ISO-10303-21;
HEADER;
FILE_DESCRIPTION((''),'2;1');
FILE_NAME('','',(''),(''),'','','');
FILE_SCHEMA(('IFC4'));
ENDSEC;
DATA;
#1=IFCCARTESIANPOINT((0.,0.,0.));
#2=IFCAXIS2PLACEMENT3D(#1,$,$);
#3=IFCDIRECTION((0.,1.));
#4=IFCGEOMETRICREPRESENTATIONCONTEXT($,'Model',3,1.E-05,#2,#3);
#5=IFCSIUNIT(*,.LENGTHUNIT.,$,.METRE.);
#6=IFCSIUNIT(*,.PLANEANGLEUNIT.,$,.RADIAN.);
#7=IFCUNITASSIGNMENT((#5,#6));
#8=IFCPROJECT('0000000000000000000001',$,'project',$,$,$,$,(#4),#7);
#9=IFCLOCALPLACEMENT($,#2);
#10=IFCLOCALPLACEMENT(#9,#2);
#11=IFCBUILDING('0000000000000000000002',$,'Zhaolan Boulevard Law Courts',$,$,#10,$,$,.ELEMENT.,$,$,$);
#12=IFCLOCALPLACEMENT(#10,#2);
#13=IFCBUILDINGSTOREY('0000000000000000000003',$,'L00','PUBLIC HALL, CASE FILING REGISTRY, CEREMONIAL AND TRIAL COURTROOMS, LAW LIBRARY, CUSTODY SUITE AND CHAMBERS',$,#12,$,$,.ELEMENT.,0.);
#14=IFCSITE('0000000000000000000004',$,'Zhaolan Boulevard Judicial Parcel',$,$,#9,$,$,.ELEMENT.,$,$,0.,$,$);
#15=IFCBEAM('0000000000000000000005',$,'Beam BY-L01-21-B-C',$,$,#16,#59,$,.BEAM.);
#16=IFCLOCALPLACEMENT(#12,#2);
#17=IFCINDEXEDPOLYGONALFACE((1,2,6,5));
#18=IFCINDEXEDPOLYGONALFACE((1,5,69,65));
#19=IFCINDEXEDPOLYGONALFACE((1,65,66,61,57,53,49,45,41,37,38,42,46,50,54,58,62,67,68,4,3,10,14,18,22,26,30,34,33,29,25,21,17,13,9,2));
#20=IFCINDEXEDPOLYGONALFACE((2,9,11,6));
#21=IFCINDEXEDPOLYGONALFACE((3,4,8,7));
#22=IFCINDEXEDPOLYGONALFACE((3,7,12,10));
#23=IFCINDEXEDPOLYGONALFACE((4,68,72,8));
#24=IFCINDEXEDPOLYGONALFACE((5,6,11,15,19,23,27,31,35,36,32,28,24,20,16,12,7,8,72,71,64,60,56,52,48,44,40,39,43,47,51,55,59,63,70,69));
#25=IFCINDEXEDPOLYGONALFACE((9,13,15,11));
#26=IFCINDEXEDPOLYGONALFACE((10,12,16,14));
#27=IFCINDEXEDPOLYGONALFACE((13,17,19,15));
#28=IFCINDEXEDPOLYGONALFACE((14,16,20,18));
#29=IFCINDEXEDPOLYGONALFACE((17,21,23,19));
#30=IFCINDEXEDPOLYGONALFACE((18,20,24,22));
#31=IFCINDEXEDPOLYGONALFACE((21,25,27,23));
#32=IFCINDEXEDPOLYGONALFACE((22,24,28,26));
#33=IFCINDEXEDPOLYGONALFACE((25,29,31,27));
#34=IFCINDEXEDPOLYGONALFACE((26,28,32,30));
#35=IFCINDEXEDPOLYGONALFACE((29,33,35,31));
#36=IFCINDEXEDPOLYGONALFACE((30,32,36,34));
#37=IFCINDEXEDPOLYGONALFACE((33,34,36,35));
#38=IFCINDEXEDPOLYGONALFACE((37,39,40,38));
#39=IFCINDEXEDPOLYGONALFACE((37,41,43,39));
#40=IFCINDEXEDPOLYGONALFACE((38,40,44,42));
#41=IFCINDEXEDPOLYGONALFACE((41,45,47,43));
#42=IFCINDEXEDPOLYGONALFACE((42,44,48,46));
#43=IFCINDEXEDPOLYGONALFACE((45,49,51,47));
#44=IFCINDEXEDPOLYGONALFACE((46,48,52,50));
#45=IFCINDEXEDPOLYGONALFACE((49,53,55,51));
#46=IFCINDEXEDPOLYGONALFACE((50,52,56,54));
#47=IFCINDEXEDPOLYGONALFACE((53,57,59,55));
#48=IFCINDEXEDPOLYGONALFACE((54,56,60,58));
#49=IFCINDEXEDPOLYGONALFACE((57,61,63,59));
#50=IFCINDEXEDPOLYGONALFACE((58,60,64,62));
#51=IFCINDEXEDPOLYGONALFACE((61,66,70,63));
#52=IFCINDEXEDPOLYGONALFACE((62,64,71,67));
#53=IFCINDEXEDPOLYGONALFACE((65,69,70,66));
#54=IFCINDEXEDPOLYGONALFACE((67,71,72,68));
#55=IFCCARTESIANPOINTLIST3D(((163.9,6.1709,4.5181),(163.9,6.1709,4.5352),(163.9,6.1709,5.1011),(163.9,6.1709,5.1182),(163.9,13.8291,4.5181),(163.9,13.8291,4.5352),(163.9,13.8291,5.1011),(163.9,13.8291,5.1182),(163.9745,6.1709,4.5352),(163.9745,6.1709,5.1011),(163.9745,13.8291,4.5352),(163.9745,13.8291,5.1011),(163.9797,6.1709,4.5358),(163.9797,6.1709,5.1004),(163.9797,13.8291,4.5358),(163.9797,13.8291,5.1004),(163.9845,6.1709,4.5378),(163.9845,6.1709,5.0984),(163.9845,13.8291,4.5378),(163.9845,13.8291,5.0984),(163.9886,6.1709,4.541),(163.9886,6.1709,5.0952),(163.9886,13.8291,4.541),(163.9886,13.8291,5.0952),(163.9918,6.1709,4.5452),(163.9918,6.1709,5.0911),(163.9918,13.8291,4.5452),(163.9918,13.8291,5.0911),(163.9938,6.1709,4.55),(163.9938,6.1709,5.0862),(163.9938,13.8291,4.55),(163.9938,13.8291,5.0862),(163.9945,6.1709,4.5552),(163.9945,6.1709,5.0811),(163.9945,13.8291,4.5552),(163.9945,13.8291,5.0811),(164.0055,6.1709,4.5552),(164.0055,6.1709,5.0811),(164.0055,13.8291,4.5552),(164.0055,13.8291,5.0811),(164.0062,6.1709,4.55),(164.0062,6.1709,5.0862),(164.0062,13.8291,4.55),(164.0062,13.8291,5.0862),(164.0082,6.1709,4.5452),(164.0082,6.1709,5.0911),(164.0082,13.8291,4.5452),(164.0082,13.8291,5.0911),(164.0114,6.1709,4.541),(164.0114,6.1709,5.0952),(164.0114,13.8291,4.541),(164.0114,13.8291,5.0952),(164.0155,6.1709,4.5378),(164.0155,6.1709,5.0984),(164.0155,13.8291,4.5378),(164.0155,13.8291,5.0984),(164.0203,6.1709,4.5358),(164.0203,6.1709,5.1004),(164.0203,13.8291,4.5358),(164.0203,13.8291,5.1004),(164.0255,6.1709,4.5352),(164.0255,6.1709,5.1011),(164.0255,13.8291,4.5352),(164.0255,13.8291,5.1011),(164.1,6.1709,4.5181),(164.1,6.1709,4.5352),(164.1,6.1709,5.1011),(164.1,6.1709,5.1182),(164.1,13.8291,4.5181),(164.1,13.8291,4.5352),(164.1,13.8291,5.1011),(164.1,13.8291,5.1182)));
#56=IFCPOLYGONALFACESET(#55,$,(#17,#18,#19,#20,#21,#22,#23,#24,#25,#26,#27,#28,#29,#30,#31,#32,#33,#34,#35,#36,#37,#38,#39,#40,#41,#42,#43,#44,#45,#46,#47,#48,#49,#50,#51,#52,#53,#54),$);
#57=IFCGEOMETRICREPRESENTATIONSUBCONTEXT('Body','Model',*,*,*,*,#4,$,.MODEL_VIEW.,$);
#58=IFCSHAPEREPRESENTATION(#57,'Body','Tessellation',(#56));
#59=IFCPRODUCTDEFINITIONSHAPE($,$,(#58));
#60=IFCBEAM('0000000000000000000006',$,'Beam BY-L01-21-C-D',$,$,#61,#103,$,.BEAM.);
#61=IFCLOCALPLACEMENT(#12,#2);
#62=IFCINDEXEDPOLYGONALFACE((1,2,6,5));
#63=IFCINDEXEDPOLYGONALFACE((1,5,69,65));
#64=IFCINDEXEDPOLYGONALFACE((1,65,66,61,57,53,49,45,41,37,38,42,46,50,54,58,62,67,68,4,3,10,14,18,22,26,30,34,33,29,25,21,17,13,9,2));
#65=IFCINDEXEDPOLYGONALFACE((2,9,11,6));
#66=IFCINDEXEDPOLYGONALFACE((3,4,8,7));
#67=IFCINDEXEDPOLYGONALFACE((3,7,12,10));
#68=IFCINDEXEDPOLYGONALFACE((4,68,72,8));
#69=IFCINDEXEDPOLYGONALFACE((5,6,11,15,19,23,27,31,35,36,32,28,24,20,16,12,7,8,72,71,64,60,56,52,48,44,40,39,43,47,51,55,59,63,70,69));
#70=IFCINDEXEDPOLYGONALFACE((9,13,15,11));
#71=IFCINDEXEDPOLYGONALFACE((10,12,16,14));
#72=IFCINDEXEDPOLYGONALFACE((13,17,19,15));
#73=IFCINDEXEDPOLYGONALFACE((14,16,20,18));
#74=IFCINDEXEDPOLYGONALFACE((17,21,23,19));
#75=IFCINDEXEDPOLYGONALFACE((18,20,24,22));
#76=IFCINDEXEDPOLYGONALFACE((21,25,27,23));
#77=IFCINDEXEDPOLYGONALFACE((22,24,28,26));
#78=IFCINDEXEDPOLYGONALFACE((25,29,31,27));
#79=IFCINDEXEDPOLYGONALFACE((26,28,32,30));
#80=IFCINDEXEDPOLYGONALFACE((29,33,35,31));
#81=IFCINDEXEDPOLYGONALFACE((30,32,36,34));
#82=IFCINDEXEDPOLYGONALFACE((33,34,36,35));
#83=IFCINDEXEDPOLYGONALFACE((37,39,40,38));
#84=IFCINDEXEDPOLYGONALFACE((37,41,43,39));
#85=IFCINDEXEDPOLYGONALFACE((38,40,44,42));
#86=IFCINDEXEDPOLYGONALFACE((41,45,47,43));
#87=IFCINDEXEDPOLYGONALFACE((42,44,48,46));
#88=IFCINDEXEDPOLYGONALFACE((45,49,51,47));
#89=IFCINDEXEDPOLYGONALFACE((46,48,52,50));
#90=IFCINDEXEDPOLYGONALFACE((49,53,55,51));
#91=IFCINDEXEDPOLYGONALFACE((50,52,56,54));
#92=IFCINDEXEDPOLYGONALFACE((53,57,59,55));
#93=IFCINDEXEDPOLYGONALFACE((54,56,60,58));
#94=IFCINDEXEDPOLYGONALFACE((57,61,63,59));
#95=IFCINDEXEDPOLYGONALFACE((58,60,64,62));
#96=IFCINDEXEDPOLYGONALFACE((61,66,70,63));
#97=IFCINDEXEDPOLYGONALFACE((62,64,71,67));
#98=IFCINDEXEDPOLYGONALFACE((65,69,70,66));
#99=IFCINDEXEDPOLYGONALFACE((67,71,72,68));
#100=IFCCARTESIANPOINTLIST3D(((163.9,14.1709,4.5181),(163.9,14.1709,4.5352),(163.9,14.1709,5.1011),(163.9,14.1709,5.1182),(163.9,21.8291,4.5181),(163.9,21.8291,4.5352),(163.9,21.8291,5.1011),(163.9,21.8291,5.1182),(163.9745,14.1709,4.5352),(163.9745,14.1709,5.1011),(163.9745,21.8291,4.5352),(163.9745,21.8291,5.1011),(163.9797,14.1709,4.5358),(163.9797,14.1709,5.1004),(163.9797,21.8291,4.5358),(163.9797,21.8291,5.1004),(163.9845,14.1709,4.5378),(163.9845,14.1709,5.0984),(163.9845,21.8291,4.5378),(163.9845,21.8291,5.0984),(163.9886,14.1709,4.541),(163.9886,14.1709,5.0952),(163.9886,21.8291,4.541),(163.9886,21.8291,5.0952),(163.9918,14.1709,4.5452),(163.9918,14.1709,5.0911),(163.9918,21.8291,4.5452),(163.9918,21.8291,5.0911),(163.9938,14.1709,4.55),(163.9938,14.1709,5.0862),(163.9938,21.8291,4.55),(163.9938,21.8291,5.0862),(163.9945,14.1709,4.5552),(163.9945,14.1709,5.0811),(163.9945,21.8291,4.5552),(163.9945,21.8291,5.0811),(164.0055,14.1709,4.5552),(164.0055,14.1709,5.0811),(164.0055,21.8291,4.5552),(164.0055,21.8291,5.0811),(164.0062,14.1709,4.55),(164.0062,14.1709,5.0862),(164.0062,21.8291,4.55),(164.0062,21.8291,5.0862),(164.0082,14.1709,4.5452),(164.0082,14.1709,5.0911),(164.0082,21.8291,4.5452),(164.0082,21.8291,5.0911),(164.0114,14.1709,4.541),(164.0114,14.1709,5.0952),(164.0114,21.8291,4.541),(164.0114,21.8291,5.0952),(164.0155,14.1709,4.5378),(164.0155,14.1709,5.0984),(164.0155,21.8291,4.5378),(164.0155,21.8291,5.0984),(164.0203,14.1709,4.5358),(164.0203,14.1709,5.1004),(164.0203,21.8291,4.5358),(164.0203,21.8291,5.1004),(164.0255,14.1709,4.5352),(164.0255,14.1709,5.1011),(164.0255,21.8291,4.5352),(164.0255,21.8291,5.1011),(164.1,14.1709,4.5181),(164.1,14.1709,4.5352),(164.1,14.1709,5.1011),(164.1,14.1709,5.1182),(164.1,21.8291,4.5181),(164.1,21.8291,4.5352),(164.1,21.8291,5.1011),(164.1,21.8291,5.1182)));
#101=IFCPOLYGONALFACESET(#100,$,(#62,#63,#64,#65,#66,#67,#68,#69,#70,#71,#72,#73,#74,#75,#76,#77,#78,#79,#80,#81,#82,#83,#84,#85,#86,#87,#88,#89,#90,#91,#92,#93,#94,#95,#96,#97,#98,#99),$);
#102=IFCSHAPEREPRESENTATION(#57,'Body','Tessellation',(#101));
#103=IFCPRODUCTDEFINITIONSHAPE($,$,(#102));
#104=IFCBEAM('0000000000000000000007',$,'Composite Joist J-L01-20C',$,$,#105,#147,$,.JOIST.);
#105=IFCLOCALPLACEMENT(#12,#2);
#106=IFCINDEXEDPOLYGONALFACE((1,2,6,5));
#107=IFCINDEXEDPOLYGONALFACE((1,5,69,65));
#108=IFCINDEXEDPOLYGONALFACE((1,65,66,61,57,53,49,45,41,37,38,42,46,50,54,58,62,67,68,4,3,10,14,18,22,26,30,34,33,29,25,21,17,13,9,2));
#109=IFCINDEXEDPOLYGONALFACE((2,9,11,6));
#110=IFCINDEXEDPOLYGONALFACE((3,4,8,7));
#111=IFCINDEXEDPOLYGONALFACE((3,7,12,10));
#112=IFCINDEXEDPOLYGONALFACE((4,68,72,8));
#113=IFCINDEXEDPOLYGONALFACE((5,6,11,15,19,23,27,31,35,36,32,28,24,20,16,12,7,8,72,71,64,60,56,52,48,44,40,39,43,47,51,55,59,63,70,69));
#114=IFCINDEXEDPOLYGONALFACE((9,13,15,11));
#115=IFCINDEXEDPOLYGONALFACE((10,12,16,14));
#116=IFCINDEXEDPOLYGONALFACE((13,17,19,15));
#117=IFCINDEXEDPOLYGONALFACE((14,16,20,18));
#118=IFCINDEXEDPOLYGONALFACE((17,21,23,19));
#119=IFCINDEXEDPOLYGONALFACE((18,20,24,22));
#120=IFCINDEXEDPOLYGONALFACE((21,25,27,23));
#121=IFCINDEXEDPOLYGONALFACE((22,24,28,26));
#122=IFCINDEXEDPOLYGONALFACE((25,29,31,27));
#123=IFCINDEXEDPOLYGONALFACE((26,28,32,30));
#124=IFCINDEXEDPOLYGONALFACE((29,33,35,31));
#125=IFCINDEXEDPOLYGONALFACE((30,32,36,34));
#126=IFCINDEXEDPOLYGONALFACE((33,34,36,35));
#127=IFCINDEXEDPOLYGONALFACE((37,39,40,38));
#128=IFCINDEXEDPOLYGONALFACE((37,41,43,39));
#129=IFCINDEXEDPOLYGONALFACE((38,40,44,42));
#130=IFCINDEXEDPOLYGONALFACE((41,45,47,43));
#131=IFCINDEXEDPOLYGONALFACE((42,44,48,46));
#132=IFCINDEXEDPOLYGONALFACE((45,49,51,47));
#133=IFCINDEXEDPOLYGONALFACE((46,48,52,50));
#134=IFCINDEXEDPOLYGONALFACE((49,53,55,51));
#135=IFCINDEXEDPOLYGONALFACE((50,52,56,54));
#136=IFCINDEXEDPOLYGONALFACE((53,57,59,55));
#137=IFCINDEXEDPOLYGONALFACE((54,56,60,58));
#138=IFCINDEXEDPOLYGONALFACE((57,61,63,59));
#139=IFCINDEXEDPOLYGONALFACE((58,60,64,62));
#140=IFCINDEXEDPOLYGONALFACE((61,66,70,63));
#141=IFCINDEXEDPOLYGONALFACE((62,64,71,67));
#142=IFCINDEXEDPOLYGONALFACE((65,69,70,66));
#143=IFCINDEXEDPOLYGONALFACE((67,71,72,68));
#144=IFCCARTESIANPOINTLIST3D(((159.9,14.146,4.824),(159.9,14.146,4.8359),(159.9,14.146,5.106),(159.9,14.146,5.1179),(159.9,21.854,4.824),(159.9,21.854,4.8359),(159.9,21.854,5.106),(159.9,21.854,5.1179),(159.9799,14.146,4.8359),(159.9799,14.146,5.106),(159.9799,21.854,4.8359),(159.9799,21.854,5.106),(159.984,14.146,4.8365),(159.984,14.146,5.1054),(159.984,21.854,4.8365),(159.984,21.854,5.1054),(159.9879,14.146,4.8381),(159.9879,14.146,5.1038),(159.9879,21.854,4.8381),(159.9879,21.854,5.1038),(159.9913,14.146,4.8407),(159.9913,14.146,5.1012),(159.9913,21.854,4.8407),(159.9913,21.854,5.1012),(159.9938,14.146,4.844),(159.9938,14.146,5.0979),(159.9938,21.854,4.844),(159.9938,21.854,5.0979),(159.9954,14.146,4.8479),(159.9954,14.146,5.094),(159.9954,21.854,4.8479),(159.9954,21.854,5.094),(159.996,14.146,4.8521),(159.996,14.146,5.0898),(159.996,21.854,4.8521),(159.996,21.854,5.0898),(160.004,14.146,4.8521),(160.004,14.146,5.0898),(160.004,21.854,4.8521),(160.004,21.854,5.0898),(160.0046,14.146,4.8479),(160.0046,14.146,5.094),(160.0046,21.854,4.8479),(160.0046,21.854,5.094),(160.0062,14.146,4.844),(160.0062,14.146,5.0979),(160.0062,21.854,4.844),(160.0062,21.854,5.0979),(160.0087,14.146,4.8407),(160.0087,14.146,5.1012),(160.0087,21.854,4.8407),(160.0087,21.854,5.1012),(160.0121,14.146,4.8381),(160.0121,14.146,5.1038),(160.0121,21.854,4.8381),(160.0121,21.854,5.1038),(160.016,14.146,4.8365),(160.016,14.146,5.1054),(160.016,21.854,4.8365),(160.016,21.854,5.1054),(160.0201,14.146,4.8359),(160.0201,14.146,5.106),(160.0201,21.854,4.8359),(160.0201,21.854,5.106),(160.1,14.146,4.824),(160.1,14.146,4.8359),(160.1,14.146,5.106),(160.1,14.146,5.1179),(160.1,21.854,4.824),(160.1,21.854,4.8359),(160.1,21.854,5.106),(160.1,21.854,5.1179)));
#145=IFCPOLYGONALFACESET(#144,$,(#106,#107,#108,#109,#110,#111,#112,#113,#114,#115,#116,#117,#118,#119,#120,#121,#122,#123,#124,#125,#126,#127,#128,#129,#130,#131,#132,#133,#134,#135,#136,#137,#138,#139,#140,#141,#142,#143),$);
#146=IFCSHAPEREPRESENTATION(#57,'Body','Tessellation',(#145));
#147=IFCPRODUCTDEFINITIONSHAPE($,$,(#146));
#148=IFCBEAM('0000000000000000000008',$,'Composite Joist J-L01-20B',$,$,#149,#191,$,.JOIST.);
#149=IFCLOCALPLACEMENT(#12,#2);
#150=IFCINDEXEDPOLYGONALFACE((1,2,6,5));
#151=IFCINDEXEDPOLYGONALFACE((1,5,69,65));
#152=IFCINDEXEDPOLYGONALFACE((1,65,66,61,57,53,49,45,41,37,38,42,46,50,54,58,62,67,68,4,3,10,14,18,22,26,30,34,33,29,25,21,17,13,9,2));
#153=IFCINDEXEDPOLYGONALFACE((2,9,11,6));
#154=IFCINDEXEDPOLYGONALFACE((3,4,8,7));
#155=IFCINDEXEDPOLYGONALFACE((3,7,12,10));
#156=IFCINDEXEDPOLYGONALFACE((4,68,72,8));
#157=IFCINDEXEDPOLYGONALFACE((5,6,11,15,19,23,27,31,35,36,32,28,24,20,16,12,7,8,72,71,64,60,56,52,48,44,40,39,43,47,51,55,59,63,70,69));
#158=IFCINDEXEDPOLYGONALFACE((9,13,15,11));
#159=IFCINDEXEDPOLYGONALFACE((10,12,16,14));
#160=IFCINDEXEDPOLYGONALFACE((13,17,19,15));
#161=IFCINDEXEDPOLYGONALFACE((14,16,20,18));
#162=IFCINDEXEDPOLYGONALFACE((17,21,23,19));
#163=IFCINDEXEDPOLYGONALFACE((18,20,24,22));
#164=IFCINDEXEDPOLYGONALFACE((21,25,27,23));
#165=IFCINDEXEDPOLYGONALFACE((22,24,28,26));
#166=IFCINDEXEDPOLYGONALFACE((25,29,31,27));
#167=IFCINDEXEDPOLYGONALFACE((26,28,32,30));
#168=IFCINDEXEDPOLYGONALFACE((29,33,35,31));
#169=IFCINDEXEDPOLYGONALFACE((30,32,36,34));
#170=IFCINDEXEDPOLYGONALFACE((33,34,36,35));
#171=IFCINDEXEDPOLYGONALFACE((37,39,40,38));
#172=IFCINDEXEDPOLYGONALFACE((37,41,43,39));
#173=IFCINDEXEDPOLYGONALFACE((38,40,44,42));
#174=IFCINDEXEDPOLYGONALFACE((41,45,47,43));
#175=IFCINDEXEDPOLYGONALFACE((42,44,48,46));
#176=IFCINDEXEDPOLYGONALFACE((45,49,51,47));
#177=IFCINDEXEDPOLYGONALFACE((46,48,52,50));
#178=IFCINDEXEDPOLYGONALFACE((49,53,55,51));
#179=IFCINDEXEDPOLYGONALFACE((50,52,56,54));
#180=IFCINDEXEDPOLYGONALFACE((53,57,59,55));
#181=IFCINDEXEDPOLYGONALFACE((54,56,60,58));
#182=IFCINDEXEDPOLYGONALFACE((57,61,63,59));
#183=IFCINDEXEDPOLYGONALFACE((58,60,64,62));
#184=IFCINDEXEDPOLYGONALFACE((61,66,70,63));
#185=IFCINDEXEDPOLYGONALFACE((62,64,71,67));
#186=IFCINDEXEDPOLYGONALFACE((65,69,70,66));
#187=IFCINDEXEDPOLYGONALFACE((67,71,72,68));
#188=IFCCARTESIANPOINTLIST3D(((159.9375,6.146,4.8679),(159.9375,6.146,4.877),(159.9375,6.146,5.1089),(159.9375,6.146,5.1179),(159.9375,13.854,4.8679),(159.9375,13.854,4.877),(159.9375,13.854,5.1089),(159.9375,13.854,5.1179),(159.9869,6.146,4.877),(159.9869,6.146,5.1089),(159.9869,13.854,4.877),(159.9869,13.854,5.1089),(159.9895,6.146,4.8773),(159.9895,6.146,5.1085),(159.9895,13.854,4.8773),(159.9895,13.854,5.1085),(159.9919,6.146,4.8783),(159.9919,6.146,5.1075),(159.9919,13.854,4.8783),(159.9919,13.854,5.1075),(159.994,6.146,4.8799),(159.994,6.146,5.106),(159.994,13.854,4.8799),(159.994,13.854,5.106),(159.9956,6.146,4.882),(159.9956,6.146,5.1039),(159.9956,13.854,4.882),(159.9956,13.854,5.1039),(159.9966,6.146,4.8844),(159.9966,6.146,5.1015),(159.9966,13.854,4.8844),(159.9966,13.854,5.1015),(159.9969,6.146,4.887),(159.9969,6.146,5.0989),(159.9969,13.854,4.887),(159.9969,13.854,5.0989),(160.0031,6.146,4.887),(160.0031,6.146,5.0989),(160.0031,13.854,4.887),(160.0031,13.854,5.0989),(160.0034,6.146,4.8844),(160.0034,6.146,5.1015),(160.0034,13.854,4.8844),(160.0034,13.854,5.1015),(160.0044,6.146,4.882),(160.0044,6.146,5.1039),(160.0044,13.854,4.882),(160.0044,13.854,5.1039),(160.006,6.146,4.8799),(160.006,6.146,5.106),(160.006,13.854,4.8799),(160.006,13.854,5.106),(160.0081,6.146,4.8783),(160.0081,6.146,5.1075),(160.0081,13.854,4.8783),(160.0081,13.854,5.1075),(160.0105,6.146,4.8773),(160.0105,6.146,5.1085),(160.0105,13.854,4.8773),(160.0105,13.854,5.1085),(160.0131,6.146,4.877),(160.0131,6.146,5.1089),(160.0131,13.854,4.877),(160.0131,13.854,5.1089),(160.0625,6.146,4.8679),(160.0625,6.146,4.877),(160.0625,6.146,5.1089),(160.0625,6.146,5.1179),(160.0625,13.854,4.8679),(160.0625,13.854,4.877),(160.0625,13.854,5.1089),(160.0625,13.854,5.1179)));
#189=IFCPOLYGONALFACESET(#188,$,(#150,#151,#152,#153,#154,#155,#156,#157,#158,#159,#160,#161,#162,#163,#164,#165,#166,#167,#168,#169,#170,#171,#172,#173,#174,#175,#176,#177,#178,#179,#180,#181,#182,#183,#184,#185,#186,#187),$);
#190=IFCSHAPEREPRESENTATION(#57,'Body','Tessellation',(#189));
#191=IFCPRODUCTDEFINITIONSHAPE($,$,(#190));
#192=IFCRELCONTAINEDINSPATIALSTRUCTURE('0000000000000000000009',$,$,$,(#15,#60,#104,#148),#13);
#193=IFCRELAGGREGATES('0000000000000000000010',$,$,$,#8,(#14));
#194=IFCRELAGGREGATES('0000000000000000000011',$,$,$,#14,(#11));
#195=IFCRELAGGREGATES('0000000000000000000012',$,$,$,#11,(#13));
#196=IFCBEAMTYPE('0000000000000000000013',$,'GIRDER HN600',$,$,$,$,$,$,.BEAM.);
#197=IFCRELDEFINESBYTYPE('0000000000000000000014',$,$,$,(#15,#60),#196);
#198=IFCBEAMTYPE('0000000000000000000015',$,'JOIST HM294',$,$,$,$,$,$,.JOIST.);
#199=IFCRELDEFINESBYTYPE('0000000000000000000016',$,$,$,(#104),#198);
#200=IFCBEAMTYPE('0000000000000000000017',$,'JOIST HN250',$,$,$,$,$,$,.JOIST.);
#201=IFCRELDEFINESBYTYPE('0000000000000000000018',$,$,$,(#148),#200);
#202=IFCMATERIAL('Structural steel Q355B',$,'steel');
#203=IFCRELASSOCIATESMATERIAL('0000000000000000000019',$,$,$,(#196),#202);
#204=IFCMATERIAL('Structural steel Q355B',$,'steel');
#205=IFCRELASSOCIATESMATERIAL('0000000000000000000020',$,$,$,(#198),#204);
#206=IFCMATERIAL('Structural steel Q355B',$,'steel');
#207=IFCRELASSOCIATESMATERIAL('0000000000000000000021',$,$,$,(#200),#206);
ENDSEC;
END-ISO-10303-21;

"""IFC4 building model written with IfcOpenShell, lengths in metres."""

from ifc_helpers import new_model, si_unit, direction, frame, origin, origin_2d, place, context, subcontext, project, spatial, i_section, extrude, material, material_profile, profile_set, type_object, element, save


model = new_model("IFC4")

# Units and contexts
model_context = context("Model", 3, precision=1e-05, world=origin(), true_north=direction((0.0, 1.0)))
body_context = subcontext(model_context, "Body", "Model", "MODEL_VIEW")
ifc_project = project(units=[si_unit("LENGTHUNIT", "METRE"), si_unit("PLANEANGLEUNIT", "RADIAN")], contexts=[model_context])

# Site, building, storey
site_placement = place(None, origin())
site = spatial("IfcSite", under=ifc_project, at=site_placement, Name="Zhaolan Boulevard Judicial Parcel", CompositionType="ELEMENT", RefElevation=0.0)
building_placement = place(site_placement, origin())
building = spatial("IfcBuilding", under=site, at=building_placement, Name="Zhaolan Boulevard Law Courts", CompositionType="ELEMENT")
storey_placement = place(building_placement, origin())
storey = spatial("IfcBuildingStorey", under=building, at=storey_placement, Name="L00", Description="PUBLIC HALL, CASE FILING REGISTRY, CEREMONIAL AND TRIAL COURTROOMS, LAW LIBRARY, CUSTODY SUITE AND CHAMBERS", CompositionType="ELEMENT", Elevation=0.0)

# Beams
ifc_material_1 = material(Name="Structural steel Q355B", Category="steel")
ifc_material_profile_1 = material_profile(ifc_material_1, i_section(OverallWidth=0.2, OverallDepth=0.6001, WebThickness=0.011, FlangeThickness=0.0171, FilletRadius=0.02, at=origin_2d()), Name="HN600x200")
ifc_profile_set_1 = profile_set([ifc_material_profile_1], Name="Structural steel Q355B")
beam_type_1 = type_object("IfcBeamType", Name="GIRDER HN600", PredefinedType="BEAM", material=ifc_profile_set_1)
for number, where, z_axis, x_axis, name in (
    (1, (164.0, 6.1709, 4.8181), (0.0, 1.0, 0.0), (-1.0, 0.0, 0.0), "Beam BY-L01-21-B-C"),
    (2, (164.0, 14.1709, 4.8181), (0.0, 1.0, 0.0), (-1.0, 0.0, 0.0), "Beam BY-L01-21-C-D"),
):
    element("IfcBeam", number, at=place(storey_placement, frame(where, z_axis=z_axis, x_axis=x_axis)), inside=storey, type_object=beam_type_1, Name=name, PredefinedType="BEAM", context=body_context, shape_type="SweptSolid", body=[
        extrude(i_section(OverallWidth=0.2, OverallDepth=0.6001, WebThickness=0.011, FlangeThickness=0.0171, FilletRadius=0.02, at=origin_2d()), origin(), (0.0, 0.0, 1.0), 7.6582),
    ])
ifc_material_2 = material(Name="Structural steel Q355B", Category="steel")
ifc_material_profile_2 = material_profile(ifc_material_2, i_section(OverallWidth=0.2, OverallDepth=0.2939, WebThickness=0.0081, FlangeThickness=0.012, FilletRadius=0.0161, at=origin_2d()), Name="HM294x200")
ifc_profile_set_2 = profile_set([ifc_material_profile_2], Name="Structural steel Q355B")
beam_type_2 = type_object("IfcBeamType", Name="JOIST HM294", PredefinedType="JOIST", material=ifc_profile_set_2)
beam_1_placement = place(storey_placement, frame((160.0, 14.146, 4.9709), z_axis=(0.0, 1.0, 0.0), x_axis=(-1.0, 0.0, 0.0)))
element("IfcBeam", 3, at=beam_1_placement, inside=storey, type_object=beam_type_2, Name="Composite Joist J-L01-20C", PredefinedType="JOIST", context=body_context, shape_type="SweptSolid", body=[
    extrude(i_section(OverallWidth=0.2, OverallDepth=0.2939, WebThickness=0.0081, FlangeThickness=0.012, FilletRadius=0.0161, at=origin_2d()), origin(), (0.0, 0.0, 1.0), 7.708),
])
ifc_material_3 = material(Name="Structural steel Q355B", Category="steel")
ifc_material_profile_3 = material_profile(ifc_material_3, i_section(OverallWidth=0.125, OverallDepth=0.25, WebThickness=0.0061, FlangeThickness=0.009, FilletRadius=0.01, at=origin_2d()), Name="HN250x125")
ifc_profile_set_3 = profile_set([ifc_material_profile_3], Name="Structural steel Q355B")
beam_type_3 = type_object("IfcBeamType", Name="JOIST HN250", PredefinedType="JOIST", material=ifc_profile_set_3)
beam_2_placement = place(storey_placement, frame((160.0, 6.146, 4.9929), z_axis=(0.0, 1.0, 0.0), x_axis=(-1.0, 0.0, 0.0)))
element("IfcBeam", 4, at=beam_2_placement, inside=storey, type_object=beam_type_3, Name="Composite Joist J-L01-20B", PredefinedType="JOIST", context=body_context, shape_type="SweptSolid", body=[
    extrude(i_section(OverallWidth=0.125, OverallDepth=0.25, WebThickness=0.0061, FlangeThickness=0.009, FilletRadius=0.01, at=origin_2d()), origin(), (0.0, 0.0, 1.0), 7.708),
])

save(model, "model.ifc")
